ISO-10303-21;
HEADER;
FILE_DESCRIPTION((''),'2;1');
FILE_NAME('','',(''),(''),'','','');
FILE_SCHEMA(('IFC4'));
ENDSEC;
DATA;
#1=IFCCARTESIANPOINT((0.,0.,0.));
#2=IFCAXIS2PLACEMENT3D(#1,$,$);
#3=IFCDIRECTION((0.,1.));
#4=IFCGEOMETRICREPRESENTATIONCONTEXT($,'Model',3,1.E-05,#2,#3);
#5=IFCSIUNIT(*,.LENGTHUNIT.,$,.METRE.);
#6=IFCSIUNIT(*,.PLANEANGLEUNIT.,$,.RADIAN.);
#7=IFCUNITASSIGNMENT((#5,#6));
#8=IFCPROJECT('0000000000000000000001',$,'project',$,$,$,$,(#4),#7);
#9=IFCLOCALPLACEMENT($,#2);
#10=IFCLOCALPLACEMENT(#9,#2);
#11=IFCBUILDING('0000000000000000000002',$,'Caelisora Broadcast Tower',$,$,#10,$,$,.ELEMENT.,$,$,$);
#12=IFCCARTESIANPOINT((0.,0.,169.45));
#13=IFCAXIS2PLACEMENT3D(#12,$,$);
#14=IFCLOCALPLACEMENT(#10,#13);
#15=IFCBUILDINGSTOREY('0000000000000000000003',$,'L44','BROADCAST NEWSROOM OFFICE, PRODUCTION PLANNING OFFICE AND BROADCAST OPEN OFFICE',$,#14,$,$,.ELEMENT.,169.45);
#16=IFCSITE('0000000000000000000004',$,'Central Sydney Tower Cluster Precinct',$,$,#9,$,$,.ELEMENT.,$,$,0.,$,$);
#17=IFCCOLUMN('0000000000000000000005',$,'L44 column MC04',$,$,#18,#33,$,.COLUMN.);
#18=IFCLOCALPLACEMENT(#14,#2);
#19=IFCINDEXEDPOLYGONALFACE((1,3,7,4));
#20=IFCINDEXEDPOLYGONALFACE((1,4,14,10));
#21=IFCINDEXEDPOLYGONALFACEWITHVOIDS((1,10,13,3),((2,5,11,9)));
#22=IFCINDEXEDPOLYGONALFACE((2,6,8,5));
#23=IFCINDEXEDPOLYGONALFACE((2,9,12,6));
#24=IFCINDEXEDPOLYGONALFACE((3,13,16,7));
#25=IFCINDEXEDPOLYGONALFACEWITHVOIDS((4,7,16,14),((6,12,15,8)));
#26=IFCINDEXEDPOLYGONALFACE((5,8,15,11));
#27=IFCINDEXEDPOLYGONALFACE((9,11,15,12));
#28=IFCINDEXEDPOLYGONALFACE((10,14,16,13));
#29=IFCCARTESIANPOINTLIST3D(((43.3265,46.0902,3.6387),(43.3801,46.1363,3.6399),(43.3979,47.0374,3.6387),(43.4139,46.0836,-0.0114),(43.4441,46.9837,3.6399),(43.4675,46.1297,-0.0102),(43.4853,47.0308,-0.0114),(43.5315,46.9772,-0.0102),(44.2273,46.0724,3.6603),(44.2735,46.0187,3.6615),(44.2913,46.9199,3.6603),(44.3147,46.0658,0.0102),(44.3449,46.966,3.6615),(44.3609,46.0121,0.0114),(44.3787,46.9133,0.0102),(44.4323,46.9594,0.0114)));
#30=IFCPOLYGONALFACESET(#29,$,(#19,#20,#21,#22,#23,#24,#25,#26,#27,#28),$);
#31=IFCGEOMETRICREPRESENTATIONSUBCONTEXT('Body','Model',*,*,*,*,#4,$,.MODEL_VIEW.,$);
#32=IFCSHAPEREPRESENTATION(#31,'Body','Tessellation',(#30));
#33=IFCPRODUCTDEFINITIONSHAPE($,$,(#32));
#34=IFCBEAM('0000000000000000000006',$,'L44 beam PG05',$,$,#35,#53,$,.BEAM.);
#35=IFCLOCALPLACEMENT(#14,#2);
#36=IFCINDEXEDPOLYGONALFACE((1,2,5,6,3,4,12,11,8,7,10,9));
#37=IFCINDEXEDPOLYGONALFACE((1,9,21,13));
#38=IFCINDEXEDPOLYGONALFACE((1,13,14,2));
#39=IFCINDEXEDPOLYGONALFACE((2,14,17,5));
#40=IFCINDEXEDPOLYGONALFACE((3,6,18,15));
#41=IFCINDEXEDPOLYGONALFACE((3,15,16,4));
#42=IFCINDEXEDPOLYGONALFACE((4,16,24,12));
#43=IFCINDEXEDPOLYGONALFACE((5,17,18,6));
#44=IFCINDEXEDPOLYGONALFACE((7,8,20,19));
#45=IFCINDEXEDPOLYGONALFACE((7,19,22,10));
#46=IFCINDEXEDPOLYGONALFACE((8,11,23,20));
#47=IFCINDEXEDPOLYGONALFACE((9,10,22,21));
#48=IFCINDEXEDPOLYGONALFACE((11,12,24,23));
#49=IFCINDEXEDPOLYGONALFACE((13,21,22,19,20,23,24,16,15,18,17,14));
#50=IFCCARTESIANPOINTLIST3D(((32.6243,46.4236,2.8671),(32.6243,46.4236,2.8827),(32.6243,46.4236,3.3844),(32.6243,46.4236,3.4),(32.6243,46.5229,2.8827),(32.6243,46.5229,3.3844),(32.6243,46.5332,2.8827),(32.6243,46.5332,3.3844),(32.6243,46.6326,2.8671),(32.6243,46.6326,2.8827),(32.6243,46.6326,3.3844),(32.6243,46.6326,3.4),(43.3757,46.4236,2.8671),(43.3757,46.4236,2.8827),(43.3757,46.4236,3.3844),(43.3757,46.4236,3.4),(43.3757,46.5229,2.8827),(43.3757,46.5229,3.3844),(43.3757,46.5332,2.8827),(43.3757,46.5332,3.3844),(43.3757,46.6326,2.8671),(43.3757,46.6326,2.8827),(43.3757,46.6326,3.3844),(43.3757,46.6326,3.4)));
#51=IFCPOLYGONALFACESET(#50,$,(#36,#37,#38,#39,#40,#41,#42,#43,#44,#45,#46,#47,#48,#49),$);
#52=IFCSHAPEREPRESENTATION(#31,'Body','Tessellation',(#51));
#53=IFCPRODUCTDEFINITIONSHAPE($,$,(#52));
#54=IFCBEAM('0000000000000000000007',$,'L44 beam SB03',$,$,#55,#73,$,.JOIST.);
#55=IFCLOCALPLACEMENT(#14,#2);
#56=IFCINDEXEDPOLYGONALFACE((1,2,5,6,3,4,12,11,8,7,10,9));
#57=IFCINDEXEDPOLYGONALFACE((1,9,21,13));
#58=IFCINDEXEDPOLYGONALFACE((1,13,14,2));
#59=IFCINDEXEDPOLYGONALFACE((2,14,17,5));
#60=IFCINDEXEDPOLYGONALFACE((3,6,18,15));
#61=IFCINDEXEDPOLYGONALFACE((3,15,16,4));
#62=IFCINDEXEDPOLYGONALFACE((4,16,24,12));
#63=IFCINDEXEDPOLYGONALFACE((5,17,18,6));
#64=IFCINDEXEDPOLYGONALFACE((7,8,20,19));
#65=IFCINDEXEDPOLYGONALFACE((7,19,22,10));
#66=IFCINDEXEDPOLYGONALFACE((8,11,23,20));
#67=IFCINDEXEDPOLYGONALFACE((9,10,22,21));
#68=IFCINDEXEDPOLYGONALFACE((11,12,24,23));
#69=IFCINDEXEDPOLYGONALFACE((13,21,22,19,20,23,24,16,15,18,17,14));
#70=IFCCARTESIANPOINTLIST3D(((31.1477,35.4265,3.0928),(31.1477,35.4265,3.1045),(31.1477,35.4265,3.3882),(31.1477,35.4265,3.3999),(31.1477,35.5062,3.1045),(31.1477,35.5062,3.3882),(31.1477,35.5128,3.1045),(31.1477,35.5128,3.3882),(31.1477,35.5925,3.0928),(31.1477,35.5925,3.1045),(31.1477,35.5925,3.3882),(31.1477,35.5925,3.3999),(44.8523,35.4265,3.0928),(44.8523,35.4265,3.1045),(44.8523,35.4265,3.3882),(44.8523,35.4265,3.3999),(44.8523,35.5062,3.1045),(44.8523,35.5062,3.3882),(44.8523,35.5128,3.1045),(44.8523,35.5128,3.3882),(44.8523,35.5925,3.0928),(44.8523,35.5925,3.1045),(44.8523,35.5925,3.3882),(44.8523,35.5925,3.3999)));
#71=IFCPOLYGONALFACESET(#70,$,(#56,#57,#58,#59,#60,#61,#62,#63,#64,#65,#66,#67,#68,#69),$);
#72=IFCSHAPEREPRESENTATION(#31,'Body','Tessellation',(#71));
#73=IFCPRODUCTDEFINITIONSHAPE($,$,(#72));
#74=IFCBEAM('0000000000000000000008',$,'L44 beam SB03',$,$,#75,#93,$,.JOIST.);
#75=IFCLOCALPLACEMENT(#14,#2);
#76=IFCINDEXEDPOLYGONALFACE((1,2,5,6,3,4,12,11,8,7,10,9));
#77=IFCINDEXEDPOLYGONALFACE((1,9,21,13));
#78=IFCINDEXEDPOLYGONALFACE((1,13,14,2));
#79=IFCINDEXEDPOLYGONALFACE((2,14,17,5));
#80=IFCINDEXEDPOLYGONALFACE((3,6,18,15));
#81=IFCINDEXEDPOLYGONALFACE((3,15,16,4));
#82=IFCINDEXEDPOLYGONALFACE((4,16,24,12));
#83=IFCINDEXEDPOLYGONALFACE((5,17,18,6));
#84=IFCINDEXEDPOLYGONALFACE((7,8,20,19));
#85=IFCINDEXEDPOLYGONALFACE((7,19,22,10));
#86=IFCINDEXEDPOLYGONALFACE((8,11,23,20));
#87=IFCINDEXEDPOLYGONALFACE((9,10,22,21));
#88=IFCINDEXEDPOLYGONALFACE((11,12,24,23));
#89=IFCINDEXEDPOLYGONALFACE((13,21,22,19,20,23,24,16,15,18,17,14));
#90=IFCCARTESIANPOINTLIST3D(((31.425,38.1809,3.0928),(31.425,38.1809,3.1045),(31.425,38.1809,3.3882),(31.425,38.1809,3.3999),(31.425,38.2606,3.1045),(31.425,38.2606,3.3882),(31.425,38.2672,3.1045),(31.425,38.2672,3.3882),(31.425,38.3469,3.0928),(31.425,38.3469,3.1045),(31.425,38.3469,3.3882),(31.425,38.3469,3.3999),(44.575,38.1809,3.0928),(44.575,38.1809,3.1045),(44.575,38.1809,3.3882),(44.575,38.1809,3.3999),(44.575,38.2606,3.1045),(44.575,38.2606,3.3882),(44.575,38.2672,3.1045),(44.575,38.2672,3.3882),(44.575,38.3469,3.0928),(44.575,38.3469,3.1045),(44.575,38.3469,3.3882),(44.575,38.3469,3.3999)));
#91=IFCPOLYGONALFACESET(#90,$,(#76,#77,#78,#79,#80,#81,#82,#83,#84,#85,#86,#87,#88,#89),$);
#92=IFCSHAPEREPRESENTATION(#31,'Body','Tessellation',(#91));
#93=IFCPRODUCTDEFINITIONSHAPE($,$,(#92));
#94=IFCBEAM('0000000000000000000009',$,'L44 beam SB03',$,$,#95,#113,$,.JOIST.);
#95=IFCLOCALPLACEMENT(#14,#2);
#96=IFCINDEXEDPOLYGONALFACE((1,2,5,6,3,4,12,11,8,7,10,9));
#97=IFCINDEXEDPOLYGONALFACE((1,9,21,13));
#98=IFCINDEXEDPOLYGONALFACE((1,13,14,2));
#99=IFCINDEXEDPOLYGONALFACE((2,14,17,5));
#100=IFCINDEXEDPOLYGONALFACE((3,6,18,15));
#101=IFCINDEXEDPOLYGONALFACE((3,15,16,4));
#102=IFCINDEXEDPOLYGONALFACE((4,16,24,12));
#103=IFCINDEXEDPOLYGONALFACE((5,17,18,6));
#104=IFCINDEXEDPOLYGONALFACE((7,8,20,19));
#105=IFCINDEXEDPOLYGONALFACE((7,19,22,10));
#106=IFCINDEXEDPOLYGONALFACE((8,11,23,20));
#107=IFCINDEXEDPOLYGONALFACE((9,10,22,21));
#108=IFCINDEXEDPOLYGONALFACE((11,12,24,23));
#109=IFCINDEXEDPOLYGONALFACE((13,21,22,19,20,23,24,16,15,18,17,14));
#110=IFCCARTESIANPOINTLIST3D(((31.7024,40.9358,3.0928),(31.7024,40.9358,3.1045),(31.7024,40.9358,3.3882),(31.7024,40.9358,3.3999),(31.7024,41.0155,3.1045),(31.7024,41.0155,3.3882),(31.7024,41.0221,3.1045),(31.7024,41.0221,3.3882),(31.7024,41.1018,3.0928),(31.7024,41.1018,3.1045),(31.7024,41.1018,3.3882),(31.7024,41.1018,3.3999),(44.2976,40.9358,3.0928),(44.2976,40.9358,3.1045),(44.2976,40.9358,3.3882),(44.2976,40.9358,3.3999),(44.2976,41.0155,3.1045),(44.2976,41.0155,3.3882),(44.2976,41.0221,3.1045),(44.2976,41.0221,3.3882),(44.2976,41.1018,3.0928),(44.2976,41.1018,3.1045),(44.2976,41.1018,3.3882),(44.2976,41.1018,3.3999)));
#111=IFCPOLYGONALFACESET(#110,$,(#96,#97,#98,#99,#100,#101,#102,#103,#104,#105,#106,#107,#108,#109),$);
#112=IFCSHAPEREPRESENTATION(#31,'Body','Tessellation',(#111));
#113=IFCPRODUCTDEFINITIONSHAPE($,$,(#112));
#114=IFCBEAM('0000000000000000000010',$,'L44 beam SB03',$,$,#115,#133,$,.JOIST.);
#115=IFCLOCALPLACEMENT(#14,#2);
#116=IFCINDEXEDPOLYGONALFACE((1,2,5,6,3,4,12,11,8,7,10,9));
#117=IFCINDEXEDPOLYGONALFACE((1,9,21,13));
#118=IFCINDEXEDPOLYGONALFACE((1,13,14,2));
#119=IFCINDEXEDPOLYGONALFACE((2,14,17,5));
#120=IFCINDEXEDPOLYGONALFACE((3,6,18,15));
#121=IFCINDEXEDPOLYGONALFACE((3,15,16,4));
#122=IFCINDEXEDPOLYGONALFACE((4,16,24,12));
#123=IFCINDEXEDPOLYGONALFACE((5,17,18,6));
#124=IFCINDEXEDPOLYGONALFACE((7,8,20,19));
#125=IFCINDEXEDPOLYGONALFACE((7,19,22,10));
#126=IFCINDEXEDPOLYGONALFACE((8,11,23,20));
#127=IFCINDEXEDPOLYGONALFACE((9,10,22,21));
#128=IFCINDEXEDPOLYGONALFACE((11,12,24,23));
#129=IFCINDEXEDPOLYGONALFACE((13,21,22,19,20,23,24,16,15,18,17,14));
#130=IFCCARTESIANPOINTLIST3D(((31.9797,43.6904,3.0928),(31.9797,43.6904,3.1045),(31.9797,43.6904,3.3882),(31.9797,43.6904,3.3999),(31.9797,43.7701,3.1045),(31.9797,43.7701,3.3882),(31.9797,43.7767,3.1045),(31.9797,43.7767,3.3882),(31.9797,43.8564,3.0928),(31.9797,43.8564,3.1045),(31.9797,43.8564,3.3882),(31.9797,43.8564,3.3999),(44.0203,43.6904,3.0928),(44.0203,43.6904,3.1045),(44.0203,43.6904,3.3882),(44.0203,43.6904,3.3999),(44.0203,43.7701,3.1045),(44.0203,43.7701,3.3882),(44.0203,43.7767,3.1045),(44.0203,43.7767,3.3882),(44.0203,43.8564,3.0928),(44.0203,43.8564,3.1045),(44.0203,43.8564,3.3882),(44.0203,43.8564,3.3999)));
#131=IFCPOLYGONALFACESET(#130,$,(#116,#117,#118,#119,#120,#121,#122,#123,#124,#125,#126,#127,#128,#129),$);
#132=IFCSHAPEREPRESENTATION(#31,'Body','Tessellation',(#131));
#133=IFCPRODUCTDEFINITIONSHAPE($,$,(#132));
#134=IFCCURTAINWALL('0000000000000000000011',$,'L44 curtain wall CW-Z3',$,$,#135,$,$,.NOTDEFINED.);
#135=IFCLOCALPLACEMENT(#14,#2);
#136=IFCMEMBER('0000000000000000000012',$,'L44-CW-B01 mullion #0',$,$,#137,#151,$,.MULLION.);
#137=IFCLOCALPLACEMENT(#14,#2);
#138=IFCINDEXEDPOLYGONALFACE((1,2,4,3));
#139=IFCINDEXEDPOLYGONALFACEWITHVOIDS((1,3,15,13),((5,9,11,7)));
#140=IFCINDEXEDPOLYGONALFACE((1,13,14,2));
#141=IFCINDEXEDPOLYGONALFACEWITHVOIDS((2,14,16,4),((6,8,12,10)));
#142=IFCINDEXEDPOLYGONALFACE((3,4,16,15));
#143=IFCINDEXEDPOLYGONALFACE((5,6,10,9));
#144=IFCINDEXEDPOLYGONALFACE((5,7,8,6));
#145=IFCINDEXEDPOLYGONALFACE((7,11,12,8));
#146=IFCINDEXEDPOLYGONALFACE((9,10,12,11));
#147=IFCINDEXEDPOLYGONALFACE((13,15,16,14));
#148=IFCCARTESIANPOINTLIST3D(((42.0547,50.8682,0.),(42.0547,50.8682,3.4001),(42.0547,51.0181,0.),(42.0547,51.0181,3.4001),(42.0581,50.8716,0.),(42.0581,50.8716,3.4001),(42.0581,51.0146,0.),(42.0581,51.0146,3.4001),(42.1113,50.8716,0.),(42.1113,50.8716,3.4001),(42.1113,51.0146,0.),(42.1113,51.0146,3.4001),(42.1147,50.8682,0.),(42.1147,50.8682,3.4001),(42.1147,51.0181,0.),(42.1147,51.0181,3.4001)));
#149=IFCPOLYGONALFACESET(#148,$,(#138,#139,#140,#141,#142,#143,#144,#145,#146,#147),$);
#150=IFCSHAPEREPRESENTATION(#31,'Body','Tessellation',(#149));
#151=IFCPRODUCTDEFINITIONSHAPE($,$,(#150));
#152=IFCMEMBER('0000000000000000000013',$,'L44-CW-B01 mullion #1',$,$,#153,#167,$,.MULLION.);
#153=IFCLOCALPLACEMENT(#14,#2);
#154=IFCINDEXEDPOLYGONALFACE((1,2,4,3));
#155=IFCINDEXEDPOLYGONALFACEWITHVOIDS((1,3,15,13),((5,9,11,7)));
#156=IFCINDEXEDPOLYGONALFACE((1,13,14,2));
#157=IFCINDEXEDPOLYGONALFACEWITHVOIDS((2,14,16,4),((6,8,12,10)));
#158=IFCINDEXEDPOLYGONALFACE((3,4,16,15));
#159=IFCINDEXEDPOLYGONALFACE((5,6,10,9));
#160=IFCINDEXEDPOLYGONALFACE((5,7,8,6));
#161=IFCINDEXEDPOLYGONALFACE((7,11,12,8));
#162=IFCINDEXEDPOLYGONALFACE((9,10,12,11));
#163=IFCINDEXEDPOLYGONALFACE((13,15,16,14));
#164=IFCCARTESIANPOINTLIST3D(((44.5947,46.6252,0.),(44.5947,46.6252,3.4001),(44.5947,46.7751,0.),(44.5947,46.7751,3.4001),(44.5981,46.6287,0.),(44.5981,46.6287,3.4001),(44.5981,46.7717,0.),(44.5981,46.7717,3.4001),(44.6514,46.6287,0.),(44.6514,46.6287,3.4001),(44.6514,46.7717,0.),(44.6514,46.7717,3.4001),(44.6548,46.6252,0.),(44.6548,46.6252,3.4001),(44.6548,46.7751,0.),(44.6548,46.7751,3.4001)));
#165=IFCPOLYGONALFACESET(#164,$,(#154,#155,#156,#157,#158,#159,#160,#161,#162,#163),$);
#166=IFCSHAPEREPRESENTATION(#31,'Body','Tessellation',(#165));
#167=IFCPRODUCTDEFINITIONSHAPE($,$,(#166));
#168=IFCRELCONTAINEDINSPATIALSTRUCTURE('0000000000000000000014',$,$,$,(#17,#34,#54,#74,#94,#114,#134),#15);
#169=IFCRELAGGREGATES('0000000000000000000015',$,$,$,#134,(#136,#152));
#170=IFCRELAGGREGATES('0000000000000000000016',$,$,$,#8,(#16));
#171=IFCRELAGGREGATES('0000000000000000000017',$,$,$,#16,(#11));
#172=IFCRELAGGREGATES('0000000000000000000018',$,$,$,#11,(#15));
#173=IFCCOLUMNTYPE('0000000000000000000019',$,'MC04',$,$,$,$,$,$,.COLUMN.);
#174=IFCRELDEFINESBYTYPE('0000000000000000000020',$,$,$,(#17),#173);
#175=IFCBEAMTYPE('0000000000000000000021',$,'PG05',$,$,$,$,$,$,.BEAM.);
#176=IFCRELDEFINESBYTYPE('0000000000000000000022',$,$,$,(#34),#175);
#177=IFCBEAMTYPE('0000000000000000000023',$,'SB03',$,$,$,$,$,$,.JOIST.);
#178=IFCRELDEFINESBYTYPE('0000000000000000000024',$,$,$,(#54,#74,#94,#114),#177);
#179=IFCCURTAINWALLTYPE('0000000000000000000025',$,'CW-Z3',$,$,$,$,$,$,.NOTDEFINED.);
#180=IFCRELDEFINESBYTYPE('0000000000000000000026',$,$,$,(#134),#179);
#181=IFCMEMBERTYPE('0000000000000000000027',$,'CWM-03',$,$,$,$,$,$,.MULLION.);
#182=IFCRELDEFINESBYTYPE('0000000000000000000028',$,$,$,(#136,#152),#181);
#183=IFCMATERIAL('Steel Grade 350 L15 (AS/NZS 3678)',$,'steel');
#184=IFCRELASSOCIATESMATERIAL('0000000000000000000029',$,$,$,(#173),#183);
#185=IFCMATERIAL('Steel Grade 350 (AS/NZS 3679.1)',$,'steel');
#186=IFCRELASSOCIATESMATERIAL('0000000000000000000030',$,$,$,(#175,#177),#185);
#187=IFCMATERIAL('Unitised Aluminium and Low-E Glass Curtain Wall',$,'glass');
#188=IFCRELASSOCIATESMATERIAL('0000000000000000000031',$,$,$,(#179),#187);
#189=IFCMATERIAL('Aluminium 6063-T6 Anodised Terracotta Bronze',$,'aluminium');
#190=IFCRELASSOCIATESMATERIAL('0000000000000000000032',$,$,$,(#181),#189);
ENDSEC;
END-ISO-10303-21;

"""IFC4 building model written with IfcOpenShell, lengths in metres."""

from ifc_helpers import new_model, si_unit, direction, frame, origin, origin_2d, place, context, subcontext, project, spatial, hollow_rectangle, i_section, extrude, source, transform, mapped, material, material_profile, profile_set, type_object, type_shapes, element, aggregate, save


model = new_model("IFC4")

# Units and contexts
model_context = context("Model", 3, precision=1e-05, world=origin(), true_north=direction((0.0, 1.0)))
body_context = subcontext(model_context, "Body", "Model", "MODEL_VIEW")
ifc_project = project(units=[si_unit("LENGTHUNIT", "METRE"), si_unit("PLANEANGLEUNIT", "RADIAN")], contexts=[model_context])

# Site, building, storey
site_placement = place(None, origin())
site = spatial("IfcSite", under=ifc_project, at=site_placement, Name="Central Sydney Tower Cluster Precinct", CompositionType="ELEMENT", RefElevation=0.0)
building_placement = place(site_placement, origin())
building = spatial("IfcBuilding", under=site, at=building_placement, Name="Caelisora Broadcast Tower", CompositionType="ELEMENT")
storey_placement = place(building_placement, frame((0.0, 0.0, 169.45)))
storey = spatial("IfcBuildingStorey", under=building, at=storey_placement, Name="L44", Description="BROADCAST NEWSROOM OFFICE, PRODUCTION PLANNING OFFICE AND BROADCAST OPEN OFFICE", CompositionType="ELEMENT", Elevation=169.45)

# Column
ifc_material_1 = material(Name="Steel Grade 350 L15 (AS/NZS 3678)", Category="steel")
ifc_material_profile_1 = material_profile(ifc_material_1, hollow_rectangle(XDim=0.95, YDim=0.95, WallThickness=0.05, at=origin_2d()), Name="Steel Grade 350 L15 (AS/NZS 3678)")
ifc_profile_set_1 = profile_set([ifc_material_profile_1], Name="Steel Grade 350 L15 (AS/NZS 3678)")
column_type = type_object("IfcColumnType", Name="MC04", PredefinedType="COLUMN", material=ifc_profile_set_1)
shared_shape_1 = source(origin(), body_context, "Body", "SweptSolid", [
    extrude(hollow_rectangle(XDim=0.95, YDim=0.95, WallThickness=0.05, at=origin_2d()), origin(), (0.0, 0.0, 1.0), 3.6511),
])
type_shapes(column_type, [shared_shape_1])
column_placement = place(storey_placement, frame((43.9231, 46.5215, 0.0), z_axis=(-0.023938, 0.001805, 0.999712), x_axis=(-0.075205, -0.997168, 0.0)))
element("IfcColumn", 1, at=column_placement, inside=storey, type_object=column_type, Name="L44 column MC04", PredefinedType="COLUMN", context=body_context, shape_type="MappedRepresentation", body=[
    mapped(shared_shape_1, transform((0.0, 0.0, 0.0), scale=1.0)),
])

# Beams
ifc_material_2 = material(Name="Steel Grade 350 (AS/NZS 3679.1)", Category="steel")
ifc_material_profile_2 = material_profile(ifc_material_2, i_section(OverallWidth=0.209, OverallDepth=0.533, WebThickness=0.0103, FlangeThickness=0.0156, at=origin_2d()), Name="Steel Grade 350 (AS/NZS 3679.1)")
ifc_profile_set_2 = profile_set([ifc_material_profile_2], Name="Steel Grade 350 (AS/NZS 3679.1)")
beam_type_1 = type_object("IfcBeamType", Name="PG05", PredefinedType="BEAM", material=ifc_profile_set_2)
shared_shape_2 = source(origin(), body_context, "Body", "SweptSolid", [
    extrude(i_section(OverallWidth=0.209, OverallDepth=0.533, WebThickness=0.0103, FlangeThickness=0.0156, at=origin_2d()), origin(), (0.0, 0.0, 1.0), 10.7515),
])
type_shapes(beam_type_1, [shared_shape_2])
beam_1_placement = place(storey_placement, frame((43.3757, 46.5281, 3.1335), z_axis=(-1.0, 0.0, 0.0), x_axis=(0.0, -1.0, 0.0)))
element("IfcBeam", 2, at=beam_1_placement, inside=storey, type_object=beam_type_1, Name="L44 beam PG05", PredefinedType="BEAM", context=body_context, shape_type="MappedRepresentation", body=[
    mapped(shared_shape_2, transform((0.0, 0.0, 0.0), scale=1.0)),
])
ifc_material_profile_3 = material_profile(ifc_material_2, i_section(OverallWidth=0.166, OverallDepth=0.3071, WebThickness=0.0066, FlangeThickness=0.0117, at=origin_2d()), Name="Steel Grade 350 (AS/NZS 3679.1)")
ifc_profile_set_3 = profile_set([ifc_material_profile_3], Name="Steel Grade 350 (AS/NZS 3679.1)")
beam_type_2 = type_object("IfcBeamType", Name="SB03", PredefinedType="JOIST", material=ifc_profile_set_3)
shared_shape_3 = source(origin(), body_context, "Body", "SweptSolid", [
    extrude(i_section(OverallWidth=0.166, OverallDepth=0.3071, WebThickness=0.0066, FlangeThickness=0.0117, at=origin_2d()), origin(), (0.0, 0.0, 1.0), 13.7046),
])
beam_2_placement = place(storey_placement, frame((44.8523, 35.5095, 3.2463), z_axis=(-1.0, 0.0, 0.0), x_axis=(0.0, -1.0, 0.0)))
element("IfcBeam", 3, at=beam_2_placement, inside=storey, type_object=beam_type_2, Name="L44 beam SB03", PredefinedType="JOIST", context=body_context, shape_type="MappedRepresentation", body=[
    mapped(shared_shape_3, transform((0.0, 0.0, 0.0), scale=1.0)),
])
shared_shape_4 = source(origin(), body_context, "Body", "SweptSolid", [
    extrude(i_section(OverallWidth=0.166, OverallDepth=0.3071, WebThickness=0.0066, FlangeThickness=0.0117, at=origin_2d()), origin(), (0.0, 0.0, 1.0), 13.1499),
])
beam_3_placement = place(storey_placement, frame((44.575, 38.2639, 3.2463), z_axis=(-1.0, 0.0, 0.0), x_axis=(0.0, -1.0, 0.0)))
element("IfcBeam", 4, at=beam_3_placement, inside=storey, type_object=beam_type_2, Name="L44 beam SB03", PredefinedType="JOIST", context=body_context, shape_type="MappedRepresentation", body=[
    mapped(shared_shape_4, transform((0.0, 0.0, 0.0), scale=1.0)),
])
shared_shape_5 = source(origin(), body_context, "Body", "SweptSolid", [
    extrude(i_section(OverallWidth=0.166, OverallDepth=0.3071, WebThickness=0.0066, FlangeThickness=0.0117, at=origin_2d()), origin(), (0.0, 0.0, 1.0), 12.5952),
])
beam_4_placement = place(storey_placement, frame((44.2976, 41.0188, 3.2463), z_axis=(-1.0, 0.0, 0.0), x_axis=(0.0, -1.0, 0.0)))
element("IfcBeam", 5, at=beam_4_placement, inside=storey, type_object=beam_type_2, Name="L44 beam SB03", PredefinedType="JOIST", context=body_context, shape_type="MappedRepresentation", body=[
    mapped(shared_shape_5, transform((0.0, 0.0, 0.0), scale=1.0)),
])
shared_shape_6 = source(origin(), body_context, "Body", "SweptSolid", [
    extrude(i_section(OverallWidth=0.166, OverallDepth=0.3071, WebThickness=0.0066, FlangeThickness=0.0117, at=origin_2d()), origin(), (0.0, 0.0, 1.0), 12.0405),
])
type_shapes(beam_type_2, [shared_shape_3, shared_shape_4, shared_shape_5, shared_shape_6])
beam_5_placement = place(storey_placement, frame((44.0203, 43.7734, 3.2463), z_axis=(-1.0, 0.0, 0.0), x_axis=(0.0, -1.0, 0.0)))
element("IfcBeam", 6, at=beam_5_placement, inside=storey, type_object=beam_type_2, Name="L44 beam SB03", PredefinedType="JOIST", context=body_context, shape_type="MappedRepresentation", body=[
    mapped(shared_shape_6, transform((0.0, 0.0, 0.0), scale=1.0)),
])

# Curtain wall, members
ifc_material_3 = material(Name="Unitised Aluminium and Low-E Glass Curtain Wall", Category="glass")
curtain_wall_type = type_object("IfcCurtainWallType", Name="CW-Z3", PredefinedType="NOTDEFINED", material=ifc_material_3)
curtain_wall_placement = place(storey_placement, origin())
curtain_wall = element("IfcCurtainWall", 7, at=curtain_wall_placement, inside=storey, type_object=curtain_wall_type, Name="L44 curtain wall CW-Z3", PredefinedType="NOTDEFINED")
ifc_material_4 = material(Name="Aluminium 6063-T6 Anodised Terracotta Bronze", Category="aluminium")
ifc_material_profile_4 = material_profile(ifc_material_4, hollow_rectangle(XDim=0.0601, YDim=0.1499, WallThickness=0.0034, at=origin_2d()), Name="Aluminium 6063-T6 Anodised Terracotta Bronze")
ifc_profile_set_4 = profile_set([ifc_material_profile_4], Name="Aluminium 6063-T6 Anodised Terracotta Bronze")
member_type_1 = type_object("IfcMemberType", Name="CWM-03", PredefinedType="MULLION", material=ifc_profile_set_4)
shared_shape_7 = source(origin(), body_context, "Body", "SweptSolid", [
    extrude(hollow_rectangle(XDim=0.0601, YDim=0.1499, WallThickness=0.0034, at=origin_2d()), origin(), (0.0, 0.0, 1.0), 3.4001),
])
type_shapes(member_type_1, [shared_shape_7])
member_1_placement = place(storey_placement, frame((42.0847, 50.9431, 0.0), z_axis=(0.0, 0.0, 1.0), x_axis=(1.0, 0.0, 0.0)))
member_1 = element("IfcMember", 8, at=member_1_placement, type_object=member_type_1, Name="L44-CW-B01 mullion #0", PredefinedType="MULLION", context=body_context, shape_type="MappedRepresentation", body=[
    mapped(shared_shape_7, transform((0.0, 0.0, 0.0), scale=1.0)),
])
member_2_placement = place(storey_placement, frame((44.6248, 46.7002, 0.0), z_axis=(0.0, 0.0, 1.0), x_axis=(1.0, 0.0, 0.0)))
member_2 = element("IfcMember", 9, at=member_2_placement, type_object=member_type_1, Name="L44-CW-B01 mullion #1", PredefinedType="MULLION", context=body_context, shape_type="MappedRepresentation", body=[
    mapped(shared_shape_7, transform((0.0, 0.0, 0.0), scale=1.0)),
])
aggregate(curtain_wall, [member_1, member_2])

save(model, "model.ifc")
